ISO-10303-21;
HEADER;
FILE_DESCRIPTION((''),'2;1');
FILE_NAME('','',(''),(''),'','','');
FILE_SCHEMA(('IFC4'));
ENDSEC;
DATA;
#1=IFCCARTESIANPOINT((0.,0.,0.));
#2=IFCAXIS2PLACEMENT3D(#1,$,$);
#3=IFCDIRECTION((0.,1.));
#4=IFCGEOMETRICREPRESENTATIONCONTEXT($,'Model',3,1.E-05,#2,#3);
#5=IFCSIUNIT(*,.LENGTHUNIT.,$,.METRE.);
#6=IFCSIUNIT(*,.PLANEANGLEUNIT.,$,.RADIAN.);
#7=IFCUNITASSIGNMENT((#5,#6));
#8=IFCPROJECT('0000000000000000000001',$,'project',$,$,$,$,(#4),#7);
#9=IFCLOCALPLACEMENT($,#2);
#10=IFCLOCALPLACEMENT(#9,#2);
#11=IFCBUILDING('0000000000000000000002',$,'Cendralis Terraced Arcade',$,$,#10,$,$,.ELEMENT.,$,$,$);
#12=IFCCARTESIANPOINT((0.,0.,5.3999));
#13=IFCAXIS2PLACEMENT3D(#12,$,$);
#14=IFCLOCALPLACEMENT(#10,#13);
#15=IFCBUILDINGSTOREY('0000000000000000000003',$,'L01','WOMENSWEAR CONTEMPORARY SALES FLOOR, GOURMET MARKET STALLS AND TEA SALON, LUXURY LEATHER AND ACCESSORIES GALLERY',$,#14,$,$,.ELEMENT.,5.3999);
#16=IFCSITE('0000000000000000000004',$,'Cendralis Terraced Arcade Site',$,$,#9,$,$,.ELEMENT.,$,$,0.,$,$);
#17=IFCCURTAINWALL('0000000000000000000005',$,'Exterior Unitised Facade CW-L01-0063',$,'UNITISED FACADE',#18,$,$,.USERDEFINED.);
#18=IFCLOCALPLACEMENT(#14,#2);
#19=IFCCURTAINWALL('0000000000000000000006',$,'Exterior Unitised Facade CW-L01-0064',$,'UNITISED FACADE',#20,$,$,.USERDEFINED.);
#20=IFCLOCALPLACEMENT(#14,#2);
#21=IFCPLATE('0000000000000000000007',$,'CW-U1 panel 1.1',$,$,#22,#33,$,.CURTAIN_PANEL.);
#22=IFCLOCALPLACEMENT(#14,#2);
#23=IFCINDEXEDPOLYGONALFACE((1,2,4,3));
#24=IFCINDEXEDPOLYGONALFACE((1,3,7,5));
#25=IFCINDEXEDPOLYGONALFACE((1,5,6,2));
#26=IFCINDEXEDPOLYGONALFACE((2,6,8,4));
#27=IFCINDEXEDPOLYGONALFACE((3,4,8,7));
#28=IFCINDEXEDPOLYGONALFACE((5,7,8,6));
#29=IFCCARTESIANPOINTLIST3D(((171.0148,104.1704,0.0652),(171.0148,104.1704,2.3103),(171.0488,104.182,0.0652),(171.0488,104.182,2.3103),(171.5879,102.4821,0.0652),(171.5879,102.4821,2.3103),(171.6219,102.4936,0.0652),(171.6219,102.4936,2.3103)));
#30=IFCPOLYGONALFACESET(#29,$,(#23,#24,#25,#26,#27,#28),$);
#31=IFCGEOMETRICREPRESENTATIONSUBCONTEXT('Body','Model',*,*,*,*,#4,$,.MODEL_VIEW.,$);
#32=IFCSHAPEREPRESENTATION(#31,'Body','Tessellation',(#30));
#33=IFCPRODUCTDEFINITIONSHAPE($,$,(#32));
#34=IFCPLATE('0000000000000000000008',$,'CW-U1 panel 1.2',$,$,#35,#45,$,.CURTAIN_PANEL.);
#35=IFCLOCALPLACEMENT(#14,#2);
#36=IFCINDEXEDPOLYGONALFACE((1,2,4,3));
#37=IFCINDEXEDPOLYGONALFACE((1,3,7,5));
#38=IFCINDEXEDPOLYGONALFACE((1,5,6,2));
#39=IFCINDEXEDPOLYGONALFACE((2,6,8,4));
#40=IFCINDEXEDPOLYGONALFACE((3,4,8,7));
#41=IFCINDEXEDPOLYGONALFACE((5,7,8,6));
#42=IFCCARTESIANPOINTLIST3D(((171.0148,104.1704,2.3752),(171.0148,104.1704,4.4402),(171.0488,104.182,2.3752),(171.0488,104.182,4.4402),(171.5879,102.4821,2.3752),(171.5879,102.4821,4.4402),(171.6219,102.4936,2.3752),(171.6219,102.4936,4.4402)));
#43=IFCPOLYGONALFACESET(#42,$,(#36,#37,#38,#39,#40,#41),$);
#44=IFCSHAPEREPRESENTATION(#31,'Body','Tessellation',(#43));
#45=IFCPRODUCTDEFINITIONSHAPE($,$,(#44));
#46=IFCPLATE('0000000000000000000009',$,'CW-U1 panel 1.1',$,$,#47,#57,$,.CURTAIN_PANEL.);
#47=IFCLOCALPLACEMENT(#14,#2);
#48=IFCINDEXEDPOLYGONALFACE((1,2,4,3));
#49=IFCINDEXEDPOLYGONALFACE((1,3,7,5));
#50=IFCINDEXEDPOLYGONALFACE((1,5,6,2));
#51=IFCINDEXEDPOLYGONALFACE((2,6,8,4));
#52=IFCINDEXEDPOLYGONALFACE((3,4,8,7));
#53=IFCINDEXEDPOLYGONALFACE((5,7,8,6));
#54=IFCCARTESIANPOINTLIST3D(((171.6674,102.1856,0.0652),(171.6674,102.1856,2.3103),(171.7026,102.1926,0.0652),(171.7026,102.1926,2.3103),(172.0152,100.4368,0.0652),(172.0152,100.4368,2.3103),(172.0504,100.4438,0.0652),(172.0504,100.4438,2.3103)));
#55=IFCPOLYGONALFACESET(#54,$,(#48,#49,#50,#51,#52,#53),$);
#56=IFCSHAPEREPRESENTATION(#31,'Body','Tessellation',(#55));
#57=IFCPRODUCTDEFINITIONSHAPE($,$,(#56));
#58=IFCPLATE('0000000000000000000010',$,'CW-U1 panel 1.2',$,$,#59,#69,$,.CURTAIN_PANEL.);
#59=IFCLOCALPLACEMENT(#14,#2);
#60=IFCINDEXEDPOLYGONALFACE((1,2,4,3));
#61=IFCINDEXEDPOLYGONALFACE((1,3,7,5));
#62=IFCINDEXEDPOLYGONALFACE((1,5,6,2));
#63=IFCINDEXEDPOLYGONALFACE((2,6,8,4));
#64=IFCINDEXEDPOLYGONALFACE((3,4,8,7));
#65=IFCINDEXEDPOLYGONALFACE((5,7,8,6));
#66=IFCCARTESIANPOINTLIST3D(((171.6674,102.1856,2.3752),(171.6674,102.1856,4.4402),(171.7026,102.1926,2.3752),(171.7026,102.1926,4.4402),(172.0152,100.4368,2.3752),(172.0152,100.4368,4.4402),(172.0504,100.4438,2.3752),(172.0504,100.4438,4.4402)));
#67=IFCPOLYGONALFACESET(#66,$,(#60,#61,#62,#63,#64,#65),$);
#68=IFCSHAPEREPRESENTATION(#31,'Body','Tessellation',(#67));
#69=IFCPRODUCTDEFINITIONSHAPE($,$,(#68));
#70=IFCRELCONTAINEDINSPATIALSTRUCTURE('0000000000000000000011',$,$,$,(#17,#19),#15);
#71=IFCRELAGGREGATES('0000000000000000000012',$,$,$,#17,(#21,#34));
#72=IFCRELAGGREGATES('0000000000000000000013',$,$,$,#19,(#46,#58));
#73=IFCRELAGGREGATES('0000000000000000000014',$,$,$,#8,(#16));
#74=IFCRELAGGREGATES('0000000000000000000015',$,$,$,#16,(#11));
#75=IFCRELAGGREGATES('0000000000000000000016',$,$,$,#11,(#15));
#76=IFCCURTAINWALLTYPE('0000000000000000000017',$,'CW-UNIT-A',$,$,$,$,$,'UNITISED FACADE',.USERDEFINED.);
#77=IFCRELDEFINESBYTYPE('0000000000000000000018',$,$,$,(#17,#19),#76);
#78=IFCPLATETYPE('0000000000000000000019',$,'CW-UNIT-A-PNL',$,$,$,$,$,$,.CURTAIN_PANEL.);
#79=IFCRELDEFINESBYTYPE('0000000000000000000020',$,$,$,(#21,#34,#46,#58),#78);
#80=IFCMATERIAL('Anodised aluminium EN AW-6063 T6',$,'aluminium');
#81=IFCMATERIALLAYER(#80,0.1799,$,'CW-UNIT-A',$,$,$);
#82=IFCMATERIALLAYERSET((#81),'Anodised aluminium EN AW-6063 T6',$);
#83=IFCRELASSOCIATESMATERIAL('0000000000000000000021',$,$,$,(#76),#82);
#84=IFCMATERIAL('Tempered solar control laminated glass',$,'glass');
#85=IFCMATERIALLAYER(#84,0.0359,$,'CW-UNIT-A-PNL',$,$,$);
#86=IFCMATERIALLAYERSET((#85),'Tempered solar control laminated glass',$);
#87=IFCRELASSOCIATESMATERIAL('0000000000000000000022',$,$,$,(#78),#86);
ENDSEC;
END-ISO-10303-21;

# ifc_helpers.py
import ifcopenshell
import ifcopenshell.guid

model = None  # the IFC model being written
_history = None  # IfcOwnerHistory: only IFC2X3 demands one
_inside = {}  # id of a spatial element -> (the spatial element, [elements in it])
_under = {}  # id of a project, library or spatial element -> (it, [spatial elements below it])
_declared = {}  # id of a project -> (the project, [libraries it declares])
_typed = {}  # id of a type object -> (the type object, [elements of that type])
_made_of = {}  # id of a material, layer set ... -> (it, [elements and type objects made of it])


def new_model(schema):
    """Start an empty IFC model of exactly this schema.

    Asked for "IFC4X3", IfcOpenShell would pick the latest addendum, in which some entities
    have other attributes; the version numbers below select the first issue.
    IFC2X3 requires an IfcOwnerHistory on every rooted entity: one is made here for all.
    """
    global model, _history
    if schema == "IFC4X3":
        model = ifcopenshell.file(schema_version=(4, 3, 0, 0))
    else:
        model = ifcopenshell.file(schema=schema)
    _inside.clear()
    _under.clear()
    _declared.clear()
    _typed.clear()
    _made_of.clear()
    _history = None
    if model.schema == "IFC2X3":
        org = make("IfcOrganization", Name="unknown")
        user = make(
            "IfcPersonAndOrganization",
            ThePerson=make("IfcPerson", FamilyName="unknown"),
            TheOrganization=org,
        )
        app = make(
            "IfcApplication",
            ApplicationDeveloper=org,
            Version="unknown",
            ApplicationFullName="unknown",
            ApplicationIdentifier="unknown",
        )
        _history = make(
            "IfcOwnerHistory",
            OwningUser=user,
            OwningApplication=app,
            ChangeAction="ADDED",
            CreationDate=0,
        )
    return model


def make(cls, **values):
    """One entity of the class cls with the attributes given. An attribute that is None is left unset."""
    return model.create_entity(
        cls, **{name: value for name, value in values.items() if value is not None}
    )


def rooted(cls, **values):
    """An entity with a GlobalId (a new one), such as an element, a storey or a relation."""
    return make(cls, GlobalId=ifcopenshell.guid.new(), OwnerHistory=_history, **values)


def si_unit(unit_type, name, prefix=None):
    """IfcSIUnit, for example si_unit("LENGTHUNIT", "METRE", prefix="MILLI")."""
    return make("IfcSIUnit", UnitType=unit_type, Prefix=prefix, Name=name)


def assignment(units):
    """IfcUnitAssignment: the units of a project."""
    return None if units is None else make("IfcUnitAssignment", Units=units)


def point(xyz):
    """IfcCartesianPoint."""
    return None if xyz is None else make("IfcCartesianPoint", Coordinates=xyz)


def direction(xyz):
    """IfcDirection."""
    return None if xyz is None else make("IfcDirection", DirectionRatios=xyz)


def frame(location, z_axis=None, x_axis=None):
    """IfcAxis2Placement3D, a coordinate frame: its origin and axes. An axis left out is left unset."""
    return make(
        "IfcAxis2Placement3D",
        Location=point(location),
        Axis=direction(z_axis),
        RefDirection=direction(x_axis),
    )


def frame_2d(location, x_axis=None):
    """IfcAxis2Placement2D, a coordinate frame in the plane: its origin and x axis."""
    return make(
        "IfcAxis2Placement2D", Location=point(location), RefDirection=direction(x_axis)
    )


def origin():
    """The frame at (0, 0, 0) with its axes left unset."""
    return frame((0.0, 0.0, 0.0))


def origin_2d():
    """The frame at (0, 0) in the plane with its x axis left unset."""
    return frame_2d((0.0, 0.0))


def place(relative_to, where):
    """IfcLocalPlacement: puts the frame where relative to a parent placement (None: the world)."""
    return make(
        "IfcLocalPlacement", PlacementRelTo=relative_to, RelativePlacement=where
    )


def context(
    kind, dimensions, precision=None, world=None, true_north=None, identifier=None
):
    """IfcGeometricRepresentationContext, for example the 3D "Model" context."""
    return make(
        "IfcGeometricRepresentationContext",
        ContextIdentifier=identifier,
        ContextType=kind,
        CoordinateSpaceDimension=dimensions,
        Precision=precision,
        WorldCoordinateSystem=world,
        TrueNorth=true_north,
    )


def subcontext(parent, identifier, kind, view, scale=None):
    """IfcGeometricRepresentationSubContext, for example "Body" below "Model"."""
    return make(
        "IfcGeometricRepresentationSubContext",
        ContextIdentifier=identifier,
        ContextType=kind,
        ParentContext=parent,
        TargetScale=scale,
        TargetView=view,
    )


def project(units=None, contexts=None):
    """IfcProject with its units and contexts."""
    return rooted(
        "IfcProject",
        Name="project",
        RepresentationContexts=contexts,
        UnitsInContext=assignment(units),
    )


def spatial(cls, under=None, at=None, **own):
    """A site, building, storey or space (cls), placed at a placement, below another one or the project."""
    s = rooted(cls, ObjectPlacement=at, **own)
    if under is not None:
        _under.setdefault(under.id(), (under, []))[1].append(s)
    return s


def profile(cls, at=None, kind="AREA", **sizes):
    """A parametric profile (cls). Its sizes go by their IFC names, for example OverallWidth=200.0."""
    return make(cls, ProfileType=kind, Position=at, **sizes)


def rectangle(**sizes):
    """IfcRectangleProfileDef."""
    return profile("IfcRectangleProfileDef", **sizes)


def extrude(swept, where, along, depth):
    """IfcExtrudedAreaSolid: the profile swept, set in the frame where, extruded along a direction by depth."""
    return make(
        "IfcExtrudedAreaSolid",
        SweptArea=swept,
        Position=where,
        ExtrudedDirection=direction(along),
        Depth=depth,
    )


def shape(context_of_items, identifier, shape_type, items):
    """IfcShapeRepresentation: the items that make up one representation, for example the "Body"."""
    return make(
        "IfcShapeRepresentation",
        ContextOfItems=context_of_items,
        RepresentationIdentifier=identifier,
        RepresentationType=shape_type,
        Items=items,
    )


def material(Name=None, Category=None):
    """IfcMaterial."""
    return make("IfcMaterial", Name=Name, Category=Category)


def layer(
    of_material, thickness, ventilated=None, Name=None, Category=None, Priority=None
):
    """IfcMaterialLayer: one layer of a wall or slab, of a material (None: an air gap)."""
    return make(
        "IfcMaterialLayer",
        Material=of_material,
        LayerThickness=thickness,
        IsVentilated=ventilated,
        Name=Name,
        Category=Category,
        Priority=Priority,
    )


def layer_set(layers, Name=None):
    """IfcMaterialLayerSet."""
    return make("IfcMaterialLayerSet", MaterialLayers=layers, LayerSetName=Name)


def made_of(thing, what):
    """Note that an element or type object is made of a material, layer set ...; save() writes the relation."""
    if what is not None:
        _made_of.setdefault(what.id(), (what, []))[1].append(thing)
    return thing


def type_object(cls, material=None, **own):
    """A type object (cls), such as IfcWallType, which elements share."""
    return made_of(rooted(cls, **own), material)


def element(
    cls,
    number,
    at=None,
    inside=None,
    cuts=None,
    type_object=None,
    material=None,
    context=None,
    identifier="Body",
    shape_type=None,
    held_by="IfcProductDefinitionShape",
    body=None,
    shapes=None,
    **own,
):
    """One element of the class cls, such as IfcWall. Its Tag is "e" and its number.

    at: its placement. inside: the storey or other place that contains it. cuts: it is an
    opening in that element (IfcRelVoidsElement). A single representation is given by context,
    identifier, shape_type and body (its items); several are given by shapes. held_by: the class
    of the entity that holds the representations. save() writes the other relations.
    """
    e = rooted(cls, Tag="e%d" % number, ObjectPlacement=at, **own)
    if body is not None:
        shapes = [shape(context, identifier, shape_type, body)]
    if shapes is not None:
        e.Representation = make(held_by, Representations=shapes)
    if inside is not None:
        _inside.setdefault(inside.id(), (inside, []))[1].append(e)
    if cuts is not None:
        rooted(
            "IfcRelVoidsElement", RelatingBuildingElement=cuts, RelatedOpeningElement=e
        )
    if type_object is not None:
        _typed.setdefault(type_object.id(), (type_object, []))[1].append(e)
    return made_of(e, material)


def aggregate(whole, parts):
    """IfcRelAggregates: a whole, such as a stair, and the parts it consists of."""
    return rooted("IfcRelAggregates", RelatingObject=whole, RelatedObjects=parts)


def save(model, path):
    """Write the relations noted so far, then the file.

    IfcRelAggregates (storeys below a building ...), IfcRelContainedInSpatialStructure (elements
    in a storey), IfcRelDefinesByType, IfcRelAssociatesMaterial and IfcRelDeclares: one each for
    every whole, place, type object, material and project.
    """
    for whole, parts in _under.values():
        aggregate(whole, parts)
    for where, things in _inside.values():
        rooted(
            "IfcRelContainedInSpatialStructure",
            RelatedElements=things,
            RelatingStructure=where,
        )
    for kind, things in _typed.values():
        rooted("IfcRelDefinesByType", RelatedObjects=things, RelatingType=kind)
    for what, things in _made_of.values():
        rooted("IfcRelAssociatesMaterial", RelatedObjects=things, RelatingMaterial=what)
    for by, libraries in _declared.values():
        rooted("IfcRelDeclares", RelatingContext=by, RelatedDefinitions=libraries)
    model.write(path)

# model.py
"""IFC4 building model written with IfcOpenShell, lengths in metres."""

from ifc_helpers import new_model, si_unit, direction, frame, origin, origin_2d, place, context, subcontext, project, spatial, rectangle, extrude, material, layer, layer_set, type_object, element, aggregate, save


model = new_model("IFC4")

# Units and contexts
model_context = context("Model", 3, precision=1e-05, world=origin(), true_north=direction((0.0, 1.0)))
body_context = subcontext(model_context, "Body", "Model", "MODEL_VIEW")
ifc_project = project(units=[si_unit("LENGTHUNIT", "METRE"), si_unit("PLANEANGLEUNIT", "RADIAN")], contexts=[model_context])

# Site, building, storey
site_placement = place(None, origin())
site = spatial("IfcSite", under=ifc_project, at=site_placement, Name="Cendralis Terraced Arcade Site", CompositionType="ELEMENT", RefElevation=0.0)
building_placement = place(site_placement, origin())
building = spatial("IfcBuilding", under=site, at=building_placement, Name="Cendralis Terraced Arcade", CompositionType="ELEMENT")
storey_placement = place(building_placement, frame((0.0, 0.0, 5.3999)))
storey = spatial("IfcBuildingStorey", under=building, at=storey_placement, Name="L01", Description="WOMENSWEAR CONTEMPORARY SALES FLOOR, GOURMET MARKET STALLS AND TEA SALON, LUXURY LEATHER AND ACCESSORIES GALLERY", CompositionType="ELEMENT", Elevation=5.3999)

# Shared definitions
ifc_material_1 = material(Name="Anodised aluminium EN AW-6063 T6", Category="aluminium")
ifc_layer_1 = layer(ifc_material_1, 0.1799, Name="CW-UNIT-A")
ifc_layer_set_1 = layer_set([ifc_layer_1], Name="Anodised aluminium EN AW-6063 T6")
curtain_wall_type = type_object("IfcCurtainWallType", Name="CW-UNIT-A", ElementType="UNITISED FACADE", PredefinedType="USERDEFINED", material=ifc_layer_set_1)

# Curtain walls
curtain_wall_1_placement = place(storey_placement, origin())
curtain_wall_1 = element("IfcCurtainWall", 1, at=curtain_wall_1_placement, inside=storey, type_object=curtain_wall_type, Name="Exterior Unitised Facade CW-L01-0063", ObjectType="UNITISED FACADE", PredefinedType="USERDEFINED")
curtain_wall_2_placement = place(storey_placement, origin())
curtain_wall_2 = element("IfcCurtainWall", 2, at=curtain_wall_2_placement, inside=storey, type_object=curtain_wall_type, Name="Exterior Unitised Facade CW-L01-0064", ObjectType="UNITISED FACADE", PredefinedType="USERDEFINED")

# Plates
ifc_material_2 = material(Name="Tempered solar control laminated glass", Category="glass")
ifc_layer_2 = layer(ifc_material_2, 0.0359, Name="CW-UNIT-A-PNL")
ifc_layer_set_2 = layer_set([ifc_layer_2], Name="Tempered solar control laminated glass")
plate_type = type_object("IfcPlateType", Name="CW-UNIT-A-PNL", PredefinedType="CURTAIN_PANEL", material=ifc_layer_set_2)
plate_1_placement = place(storey_placement, frame((171.3184, 103.332, 0.0652), z_axis=(0.0, 0.0, 1.0), x_axis=(0.321445, -0.946928, 0.0)))
plate_1 = element("IfcPlate", 3, at=plate_1_placement, type_object=plate_type, Name="CW-U1 panel 1.1", PredefinedType="CURTAIN_PANEL", context=body_context, shape_type="SweptSolid", body=[
    extrude(rectangle(XDim=1.783, YDim=0.0359, at=origin_2d()), origin(), (0.0, 0.0, 1.0), 2.2451),
])
plate_2_placement = place(storey_placement, frame((171.3184, 103.332, 2.3752), z_axis=(0.0, 0.0, 1.0), x_axis=(0.321445, -0.946928, 0.0)))
plate_2 = element("IfcPlate", 4, at=plate_2_placement, type_object=plate_type, Name="CW-U1 panel 1.2", PredefinedType="CURTAIN_PANEL", context=body_context, shape_type="SweptSolid", body=[
    extrude(rectangle(XDim=1.783, YDim=0.0359, at=origin_2d()), origin(), (0.0, 0.0, 1.0), 2.0649),
])
aggregate(curtain_wall_1, [plate_1, plate_2])
plate_3_placement = place(storey_placement, frame((171.8589, 101.3147, 0.0652), z_axis=(0.0, 0.0, 1.0), x_axis=(0.19505, -0.980793, 0.0)))
plate_3 = element("IfcPlate", 5, at=plate_3_placement, type_object=plate_type, Name="CW-U1 panel 1.1", PredefinedType="CURTAIN_PANEL", context=body_context, shape_type="SweptSolid", body=[
    extrude(rectangle(XDim=1.783, YDim=0.0359, at=origin_2d()), origin(), (0.0, 0.0, 1.0), 2.2451),
])
plate_4_placement = place(storey_placement, frame((171.8589, 101.3147, 2.3752), z_axis=(0.0, 0.0, 1.0), x_axis=(0.19505, -0.980793, 0.0)))
plate_4 = element("IfcPlate", 6, at=plate_4_placement, type_object=plate_type, Name="CW-U1 panel 1.2", PredefinedType="CURTAIN_PANEL", context=body_context, shape_type="SweptSolid", body=[
    extrude(rectangle(XDim=1.783, YDim=0.0359, at=origin_2d()), origin(), (0.0, 0.0, 1.0), 2.0649),
])
aggregate(curtain_wall_2, [plate_3, plate_4])

save(model, "model.ifc")
